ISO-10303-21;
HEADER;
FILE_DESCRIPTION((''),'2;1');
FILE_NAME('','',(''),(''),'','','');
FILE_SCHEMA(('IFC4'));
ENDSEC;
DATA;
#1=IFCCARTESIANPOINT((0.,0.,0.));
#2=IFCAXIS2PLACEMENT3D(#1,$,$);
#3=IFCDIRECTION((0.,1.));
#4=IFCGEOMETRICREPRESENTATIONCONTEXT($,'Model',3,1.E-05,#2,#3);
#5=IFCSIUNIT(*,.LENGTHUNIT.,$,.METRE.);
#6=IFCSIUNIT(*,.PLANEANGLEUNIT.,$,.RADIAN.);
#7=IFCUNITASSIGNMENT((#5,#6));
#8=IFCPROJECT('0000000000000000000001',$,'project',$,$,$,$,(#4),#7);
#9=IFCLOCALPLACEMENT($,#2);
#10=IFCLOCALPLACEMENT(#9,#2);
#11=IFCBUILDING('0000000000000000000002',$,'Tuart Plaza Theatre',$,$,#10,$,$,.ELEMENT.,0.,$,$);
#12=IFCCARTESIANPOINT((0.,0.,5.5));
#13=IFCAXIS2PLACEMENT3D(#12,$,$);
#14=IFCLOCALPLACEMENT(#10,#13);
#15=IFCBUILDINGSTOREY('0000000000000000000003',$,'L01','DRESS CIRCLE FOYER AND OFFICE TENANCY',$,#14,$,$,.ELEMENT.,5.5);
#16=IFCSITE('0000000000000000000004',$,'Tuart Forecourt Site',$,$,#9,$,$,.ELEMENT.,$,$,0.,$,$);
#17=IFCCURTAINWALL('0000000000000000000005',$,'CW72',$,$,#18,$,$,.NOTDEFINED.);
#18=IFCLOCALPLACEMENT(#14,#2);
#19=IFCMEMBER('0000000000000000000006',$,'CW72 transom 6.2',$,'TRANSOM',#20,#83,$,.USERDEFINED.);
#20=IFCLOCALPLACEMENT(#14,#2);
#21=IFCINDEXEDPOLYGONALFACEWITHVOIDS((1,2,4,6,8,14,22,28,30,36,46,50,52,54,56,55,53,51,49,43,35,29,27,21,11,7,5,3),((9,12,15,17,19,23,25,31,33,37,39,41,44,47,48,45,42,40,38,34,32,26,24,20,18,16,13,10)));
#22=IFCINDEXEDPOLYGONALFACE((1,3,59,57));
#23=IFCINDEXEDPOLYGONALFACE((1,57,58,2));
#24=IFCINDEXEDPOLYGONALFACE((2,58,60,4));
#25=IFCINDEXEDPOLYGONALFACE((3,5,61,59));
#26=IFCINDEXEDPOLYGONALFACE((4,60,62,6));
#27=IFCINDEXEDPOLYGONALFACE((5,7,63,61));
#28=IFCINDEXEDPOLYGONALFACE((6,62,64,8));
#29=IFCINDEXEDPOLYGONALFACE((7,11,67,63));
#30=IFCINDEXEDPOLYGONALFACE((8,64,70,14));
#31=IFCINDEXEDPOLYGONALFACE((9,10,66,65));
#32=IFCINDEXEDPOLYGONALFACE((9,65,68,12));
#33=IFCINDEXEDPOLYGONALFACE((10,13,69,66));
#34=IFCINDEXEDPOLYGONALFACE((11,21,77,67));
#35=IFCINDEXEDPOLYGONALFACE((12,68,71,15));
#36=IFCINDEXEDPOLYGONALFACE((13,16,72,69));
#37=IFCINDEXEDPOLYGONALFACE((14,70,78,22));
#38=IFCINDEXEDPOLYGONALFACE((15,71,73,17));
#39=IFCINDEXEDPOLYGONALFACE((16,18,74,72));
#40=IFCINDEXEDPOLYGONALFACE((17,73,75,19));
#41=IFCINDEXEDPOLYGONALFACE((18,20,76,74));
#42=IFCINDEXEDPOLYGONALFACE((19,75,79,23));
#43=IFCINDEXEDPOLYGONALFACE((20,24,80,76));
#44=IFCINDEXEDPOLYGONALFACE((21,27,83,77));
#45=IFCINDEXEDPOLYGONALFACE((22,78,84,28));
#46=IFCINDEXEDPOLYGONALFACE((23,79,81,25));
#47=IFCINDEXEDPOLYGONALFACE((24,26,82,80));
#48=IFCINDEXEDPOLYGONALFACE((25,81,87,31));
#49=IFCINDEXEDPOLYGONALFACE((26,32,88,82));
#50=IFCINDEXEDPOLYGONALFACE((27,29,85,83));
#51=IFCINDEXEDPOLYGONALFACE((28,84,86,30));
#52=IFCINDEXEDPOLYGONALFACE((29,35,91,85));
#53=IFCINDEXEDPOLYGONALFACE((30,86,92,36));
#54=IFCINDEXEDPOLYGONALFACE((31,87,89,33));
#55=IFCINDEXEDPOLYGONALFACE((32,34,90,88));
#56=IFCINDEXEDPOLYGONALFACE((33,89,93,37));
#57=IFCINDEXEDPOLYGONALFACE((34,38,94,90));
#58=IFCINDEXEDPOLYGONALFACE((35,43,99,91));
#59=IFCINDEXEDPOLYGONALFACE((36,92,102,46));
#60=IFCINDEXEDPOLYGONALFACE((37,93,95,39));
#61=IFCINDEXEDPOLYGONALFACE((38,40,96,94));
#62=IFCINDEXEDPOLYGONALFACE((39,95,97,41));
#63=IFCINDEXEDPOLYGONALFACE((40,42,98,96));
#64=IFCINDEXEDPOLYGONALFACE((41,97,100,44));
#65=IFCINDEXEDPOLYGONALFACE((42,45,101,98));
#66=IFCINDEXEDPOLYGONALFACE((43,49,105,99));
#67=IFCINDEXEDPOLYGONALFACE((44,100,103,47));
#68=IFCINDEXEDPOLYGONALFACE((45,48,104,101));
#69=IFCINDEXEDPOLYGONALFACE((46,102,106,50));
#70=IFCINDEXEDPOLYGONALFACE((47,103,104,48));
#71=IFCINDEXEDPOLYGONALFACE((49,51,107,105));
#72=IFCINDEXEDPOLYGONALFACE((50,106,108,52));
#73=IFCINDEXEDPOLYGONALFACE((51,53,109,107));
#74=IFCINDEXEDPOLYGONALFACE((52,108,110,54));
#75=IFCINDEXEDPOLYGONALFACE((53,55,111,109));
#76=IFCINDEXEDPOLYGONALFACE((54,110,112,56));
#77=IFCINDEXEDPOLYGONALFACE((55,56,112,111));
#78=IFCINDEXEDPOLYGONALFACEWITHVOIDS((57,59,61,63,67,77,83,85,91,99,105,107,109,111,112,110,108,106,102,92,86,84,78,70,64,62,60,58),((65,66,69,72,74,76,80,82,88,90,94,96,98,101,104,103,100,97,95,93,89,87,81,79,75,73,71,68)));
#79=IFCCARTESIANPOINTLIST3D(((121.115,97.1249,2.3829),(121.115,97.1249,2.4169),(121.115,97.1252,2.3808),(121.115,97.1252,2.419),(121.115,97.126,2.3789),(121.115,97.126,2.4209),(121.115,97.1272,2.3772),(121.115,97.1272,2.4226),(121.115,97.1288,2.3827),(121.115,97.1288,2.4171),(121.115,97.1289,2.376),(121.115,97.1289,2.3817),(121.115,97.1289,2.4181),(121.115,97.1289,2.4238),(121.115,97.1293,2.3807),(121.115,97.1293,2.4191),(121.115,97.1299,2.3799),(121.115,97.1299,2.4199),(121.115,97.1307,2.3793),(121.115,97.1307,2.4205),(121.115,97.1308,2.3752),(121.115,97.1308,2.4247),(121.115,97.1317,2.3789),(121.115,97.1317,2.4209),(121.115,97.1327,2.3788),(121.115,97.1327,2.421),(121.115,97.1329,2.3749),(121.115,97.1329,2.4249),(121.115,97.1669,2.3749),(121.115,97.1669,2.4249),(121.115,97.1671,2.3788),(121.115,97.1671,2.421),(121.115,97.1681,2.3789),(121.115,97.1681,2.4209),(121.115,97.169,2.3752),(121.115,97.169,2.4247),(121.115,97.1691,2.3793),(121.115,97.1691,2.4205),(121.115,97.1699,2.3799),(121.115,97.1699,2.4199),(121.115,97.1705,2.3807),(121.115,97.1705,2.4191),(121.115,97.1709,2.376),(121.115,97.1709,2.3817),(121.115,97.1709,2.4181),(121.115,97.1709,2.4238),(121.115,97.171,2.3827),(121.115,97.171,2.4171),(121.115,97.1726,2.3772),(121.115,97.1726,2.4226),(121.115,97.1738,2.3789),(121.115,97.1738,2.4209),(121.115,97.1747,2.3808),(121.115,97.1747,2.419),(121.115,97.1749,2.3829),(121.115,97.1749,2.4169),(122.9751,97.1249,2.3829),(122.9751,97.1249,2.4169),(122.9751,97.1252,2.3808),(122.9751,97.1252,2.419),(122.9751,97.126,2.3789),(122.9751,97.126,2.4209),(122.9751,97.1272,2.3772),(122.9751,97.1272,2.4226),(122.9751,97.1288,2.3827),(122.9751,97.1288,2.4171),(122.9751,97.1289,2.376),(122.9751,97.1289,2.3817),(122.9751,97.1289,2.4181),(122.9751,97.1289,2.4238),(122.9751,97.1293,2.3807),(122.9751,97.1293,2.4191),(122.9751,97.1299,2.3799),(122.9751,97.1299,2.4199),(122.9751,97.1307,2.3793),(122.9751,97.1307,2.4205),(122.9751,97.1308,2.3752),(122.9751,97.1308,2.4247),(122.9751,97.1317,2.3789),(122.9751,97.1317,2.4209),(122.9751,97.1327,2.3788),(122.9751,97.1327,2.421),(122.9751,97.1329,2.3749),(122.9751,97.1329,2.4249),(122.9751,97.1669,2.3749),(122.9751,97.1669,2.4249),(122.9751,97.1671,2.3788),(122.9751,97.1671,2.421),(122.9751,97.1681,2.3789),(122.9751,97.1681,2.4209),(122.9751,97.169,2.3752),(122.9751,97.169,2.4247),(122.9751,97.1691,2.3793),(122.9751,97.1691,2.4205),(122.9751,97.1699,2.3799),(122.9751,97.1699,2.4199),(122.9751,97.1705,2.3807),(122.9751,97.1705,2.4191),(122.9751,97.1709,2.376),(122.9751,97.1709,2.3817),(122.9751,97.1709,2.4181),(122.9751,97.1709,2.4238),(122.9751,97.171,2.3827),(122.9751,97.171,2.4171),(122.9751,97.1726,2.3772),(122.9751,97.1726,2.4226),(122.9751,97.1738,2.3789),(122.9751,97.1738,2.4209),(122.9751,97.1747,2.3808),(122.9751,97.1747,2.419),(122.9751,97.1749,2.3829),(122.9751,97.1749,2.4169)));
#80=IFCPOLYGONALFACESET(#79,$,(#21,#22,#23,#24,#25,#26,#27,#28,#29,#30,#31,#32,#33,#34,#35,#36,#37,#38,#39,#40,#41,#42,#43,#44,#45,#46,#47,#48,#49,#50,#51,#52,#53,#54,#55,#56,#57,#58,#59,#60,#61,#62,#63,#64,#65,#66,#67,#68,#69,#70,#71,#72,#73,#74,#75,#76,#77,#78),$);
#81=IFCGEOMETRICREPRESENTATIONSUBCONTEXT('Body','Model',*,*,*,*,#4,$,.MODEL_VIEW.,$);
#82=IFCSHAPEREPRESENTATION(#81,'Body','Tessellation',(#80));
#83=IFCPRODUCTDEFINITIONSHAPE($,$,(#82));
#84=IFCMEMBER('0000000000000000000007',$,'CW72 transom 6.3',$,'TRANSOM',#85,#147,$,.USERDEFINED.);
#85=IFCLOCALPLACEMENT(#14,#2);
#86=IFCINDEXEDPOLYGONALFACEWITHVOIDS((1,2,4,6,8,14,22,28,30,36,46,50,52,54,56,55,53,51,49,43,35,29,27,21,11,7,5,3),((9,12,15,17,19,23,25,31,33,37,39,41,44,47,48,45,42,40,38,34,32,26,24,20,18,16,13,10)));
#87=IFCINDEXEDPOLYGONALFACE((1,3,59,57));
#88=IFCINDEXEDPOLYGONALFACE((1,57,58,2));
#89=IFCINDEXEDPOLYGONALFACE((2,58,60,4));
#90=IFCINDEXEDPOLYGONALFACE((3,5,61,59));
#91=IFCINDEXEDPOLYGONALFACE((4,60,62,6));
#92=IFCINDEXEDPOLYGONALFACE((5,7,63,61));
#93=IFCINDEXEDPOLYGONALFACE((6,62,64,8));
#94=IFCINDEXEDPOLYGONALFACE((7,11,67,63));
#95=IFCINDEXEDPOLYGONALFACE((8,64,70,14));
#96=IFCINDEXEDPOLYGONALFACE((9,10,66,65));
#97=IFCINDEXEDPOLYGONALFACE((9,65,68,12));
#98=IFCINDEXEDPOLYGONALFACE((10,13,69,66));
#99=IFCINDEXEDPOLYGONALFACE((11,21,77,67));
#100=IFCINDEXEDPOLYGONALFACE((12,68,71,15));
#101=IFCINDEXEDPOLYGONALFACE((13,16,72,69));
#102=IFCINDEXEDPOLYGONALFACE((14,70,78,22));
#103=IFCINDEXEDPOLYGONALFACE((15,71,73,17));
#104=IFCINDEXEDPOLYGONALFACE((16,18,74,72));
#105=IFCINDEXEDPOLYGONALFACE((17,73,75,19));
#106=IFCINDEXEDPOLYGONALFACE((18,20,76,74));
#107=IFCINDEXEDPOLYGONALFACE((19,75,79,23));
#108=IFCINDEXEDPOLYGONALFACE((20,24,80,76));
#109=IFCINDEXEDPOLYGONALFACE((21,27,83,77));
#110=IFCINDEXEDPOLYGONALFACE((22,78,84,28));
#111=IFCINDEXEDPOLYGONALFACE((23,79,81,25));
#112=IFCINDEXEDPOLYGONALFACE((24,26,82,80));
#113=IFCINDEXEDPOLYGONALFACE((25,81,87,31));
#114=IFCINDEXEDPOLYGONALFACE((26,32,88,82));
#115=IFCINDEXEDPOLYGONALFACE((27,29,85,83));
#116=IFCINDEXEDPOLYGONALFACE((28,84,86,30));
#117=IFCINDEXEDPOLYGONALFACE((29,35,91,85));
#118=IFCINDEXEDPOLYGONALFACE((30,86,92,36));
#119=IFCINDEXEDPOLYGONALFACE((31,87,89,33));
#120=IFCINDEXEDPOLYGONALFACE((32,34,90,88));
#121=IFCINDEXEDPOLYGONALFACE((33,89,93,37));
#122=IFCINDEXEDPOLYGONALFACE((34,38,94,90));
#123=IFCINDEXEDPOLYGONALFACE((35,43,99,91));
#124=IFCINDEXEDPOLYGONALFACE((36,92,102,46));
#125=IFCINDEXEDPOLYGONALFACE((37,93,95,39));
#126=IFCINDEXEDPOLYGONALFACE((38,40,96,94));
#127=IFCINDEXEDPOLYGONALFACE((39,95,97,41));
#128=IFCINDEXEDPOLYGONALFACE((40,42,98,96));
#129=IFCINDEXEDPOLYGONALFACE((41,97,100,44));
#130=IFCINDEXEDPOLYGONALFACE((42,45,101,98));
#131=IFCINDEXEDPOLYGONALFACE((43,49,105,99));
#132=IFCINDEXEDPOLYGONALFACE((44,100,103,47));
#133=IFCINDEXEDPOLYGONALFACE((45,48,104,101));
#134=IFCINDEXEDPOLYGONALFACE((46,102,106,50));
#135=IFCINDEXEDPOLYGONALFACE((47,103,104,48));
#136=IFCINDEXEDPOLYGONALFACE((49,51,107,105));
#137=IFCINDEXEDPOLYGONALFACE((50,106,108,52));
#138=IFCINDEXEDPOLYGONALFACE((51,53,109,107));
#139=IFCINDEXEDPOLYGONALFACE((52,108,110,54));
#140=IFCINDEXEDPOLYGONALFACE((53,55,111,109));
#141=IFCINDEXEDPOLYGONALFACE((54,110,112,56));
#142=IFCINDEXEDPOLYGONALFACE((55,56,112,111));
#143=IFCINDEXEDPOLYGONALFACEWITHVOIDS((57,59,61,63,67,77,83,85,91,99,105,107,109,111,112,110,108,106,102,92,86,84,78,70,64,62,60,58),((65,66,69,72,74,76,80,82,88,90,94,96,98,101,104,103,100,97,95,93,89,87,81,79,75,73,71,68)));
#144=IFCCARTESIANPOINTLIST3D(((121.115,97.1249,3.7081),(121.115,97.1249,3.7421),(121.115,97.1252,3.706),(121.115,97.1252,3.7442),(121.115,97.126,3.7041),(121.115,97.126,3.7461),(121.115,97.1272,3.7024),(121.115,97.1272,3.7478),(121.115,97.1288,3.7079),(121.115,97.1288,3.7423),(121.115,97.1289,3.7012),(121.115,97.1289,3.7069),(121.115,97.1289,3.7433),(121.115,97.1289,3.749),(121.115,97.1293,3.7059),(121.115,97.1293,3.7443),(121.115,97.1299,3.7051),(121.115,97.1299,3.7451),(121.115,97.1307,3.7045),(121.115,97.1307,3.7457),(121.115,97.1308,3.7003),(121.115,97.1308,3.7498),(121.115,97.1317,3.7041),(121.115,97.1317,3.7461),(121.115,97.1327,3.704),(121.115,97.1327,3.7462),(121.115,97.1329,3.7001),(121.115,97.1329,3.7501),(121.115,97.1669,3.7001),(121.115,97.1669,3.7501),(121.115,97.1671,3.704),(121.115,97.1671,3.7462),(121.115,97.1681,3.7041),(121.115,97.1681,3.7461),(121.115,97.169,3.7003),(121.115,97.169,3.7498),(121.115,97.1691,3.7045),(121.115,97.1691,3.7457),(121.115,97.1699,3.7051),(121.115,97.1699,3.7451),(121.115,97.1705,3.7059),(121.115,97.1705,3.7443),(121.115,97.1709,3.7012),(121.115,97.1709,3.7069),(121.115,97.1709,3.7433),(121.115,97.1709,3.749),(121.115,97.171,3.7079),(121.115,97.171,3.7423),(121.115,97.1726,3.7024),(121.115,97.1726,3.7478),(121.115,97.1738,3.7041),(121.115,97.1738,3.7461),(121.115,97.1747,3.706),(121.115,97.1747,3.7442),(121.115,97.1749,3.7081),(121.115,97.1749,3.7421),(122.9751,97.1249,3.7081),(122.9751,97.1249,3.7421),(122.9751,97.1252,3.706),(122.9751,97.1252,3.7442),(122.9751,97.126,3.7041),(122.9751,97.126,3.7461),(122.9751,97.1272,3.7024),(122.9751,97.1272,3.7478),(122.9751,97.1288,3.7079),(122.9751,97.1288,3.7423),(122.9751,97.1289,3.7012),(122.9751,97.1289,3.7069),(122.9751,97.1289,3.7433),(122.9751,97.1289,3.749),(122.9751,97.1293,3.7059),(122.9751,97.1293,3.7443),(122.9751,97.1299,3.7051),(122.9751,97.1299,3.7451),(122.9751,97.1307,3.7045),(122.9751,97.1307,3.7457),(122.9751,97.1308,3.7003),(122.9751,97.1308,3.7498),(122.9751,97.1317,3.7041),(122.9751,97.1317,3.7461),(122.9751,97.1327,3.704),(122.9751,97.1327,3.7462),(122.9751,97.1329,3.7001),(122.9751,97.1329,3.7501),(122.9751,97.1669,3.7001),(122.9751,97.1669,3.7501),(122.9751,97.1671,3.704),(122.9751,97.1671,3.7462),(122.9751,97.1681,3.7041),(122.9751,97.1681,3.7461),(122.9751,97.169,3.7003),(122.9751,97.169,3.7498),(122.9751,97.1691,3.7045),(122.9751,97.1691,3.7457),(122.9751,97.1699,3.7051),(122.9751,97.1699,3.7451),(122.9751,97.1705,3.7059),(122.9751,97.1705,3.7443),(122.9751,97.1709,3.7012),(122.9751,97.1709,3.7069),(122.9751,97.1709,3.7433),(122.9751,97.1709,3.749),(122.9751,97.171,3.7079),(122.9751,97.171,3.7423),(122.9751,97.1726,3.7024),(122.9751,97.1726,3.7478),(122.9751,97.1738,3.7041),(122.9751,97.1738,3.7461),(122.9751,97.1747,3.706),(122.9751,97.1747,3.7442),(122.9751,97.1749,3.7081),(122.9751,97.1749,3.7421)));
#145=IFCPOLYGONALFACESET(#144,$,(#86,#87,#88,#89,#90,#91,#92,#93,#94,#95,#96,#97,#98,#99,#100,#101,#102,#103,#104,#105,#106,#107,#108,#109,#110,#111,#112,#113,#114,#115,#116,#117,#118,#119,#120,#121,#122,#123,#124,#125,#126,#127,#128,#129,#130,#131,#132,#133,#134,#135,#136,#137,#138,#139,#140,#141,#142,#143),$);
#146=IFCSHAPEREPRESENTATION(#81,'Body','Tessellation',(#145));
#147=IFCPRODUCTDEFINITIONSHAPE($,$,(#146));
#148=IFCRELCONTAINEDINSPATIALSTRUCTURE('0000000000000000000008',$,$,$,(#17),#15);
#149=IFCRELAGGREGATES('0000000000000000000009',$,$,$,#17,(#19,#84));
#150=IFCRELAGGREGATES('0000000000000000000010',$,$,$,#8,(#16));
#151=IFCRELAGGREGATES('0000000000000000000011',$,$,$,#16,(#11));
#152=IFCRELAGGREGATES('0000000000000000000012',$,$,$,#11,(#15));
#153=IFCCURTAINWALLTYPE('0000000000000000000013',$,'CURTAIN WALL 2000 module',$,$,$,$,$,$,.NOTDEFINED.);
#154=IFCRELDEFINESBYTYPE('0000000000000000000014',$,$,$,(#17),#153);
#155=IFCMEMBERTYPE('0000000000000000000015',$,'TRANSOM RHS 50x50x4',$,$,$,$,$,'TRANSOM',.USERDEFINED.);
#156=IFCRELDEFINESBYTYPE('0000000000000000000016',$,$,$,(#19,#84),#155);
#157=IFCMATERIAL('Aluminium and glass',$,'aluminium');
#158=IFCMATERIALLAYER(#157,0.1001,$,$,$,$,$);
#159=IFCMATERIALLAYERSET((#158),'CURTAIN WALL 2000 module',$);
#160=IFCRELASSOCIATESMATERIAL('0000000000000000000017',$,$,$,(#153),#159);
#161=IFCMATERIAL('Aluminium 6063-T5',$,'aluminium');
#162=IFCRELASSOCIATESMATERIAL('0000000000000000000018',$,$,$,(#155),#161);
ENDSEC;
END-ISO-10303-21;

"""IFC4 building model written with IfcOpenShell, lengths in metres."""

from ifc_helpers import new_model, si_unit, direction, frame, origin, origin_2d, place, context, subcontext, project, spatial, hollow_rectangle, extrude, material, layer, layer_set, material_profile, profile_set, type_object, element, aggregate, save


model = new_model("IFC4")

# Units and contexts
model_context = context("Model", 3, precision=1e-05, world=origin(), true_north=direction((0.0, 1.0)))
body_context = subcontext(model_context, "Body", "Model", "MODEL_VIEW")
ifc_project = project(units=[si_unit("LENGTHUNIT", "METRE"), si_unit("PLANEANGLEUNIT", "RADIAN")], contexts=[model_context])

# Site, building, storey
site_placement = place(None, origin())
site = spatial("IfcSite", under=ifc_project, at=site_placement, Name="Tuart Forecourt Site", CompositionType="ELEMENT", RefElevation=0.0)
building_placement = place(site_placement, origin())
building = spatial("IfcBuilding", under=site, at=building_placement, Name="Tuart Plaza Theatre", CompositionType="ELEMENT", ElevationOfRefHeight=0.0)
storey_placement = place(building_placement, frame((0.0, 0.0, 5.5)))
storey = spatial("IfcBuildingStorey", under=building, at=storey_placement, Name="L01", Description="DRESS CIRCLE FOYER AND OFFICE TENANCY", CompositionType="ELEMENT", Elevation=5.5)

# Curtain wall, members
ifc_material_1 = material(Name="Aluminium and glass", Category="aluminium")
ifc_layer_1 = layer(ifc_material_1, 0.1001)
ifc_layer_set_1 = layer_set([ifc_layer_1], Name="CURTAIN WALL 2000 module")
curtain_wall_type = type_object("IfcCurtainWallType", Name="CURTAIN WALL 2000 module", PredefinedType="NOTDEFINED", material=ifc_layer_set_1)
curtain_wall_placement = place(storey_placement, origin())
curtain_wall = element("IfcCurtainWall", 1, at=curtain_wall_placement, inside=storey, type_object=curtain_wall_type, Name="CW72", PredefinedType="NOTDEFINED")
ifc_material_2 = material(Name="Aluminium 6063-T5", Category="aluminium")
ifc_material_profile_1 = material_profile(ifc_material_2, hollow_rectangle(XDim=0.05, YDim=0.05, WallThickness=0.0039, InnerFilletRadius=0.0039, OuterFilletRadius=0.0081, at=origin_2d()), Name="RHS 50x50x4")
ifc_profile_set_1 = profile_set([ifc_material_profile_1], Name="Aluminium 6063-T5")
member_type_1 = type_object("IfcMemberType", Name="TRANSOM RHS 50x50x4", ElementType="TRANSOM", PredefinedType="USERDEFINED", material=ifc_profile_set_1)
member_1_placement = place(storey_placement, frame((122.9751, 97.1499, 2.3999), z_axis=(-1.0, 0.0, 0.0), x_axis=(0.0, -1.0, 0.0)))
member_1 = element("IfcMember", 2, at=member_1_placement, type_object=member_type_1, Name="CW72 transom 6.2", ObjectType="TRANSOM", PredefinedType="USERDEFINED", context=body_context, shape_type="SweptSolid", body=[
    extrude(hollow_rectangle(XDim=0.05, YDim=0.05, WallThickness=0.0039, InnerFilletRadius=0.0039, OuterFilletRadius=0.0081, at=origin_2d()), origin(), (0.0, 0.0, 1.0), 1.8601),
])
member_2_placement = place(storey_placement, frame((122.9751, 97.1499, 3.7251), z_axis=(-1.0, 0.0, 0.0), x_axis=(0.0, -1.0, 0.0)))
member_2 = element("IfcMember", 3, at=member_2_placement, type_object=member_type_1, Name="CW72 transom 6.3", ObjectType="TRANSOM", PredefinedType="USERDEFINED", context=body_context, shape_type="SweptSolid", body=[
    extrude(hollow_rectangle(XDim=0.05, YDim=0.05, WallThickness=0.0039, InnerFilletRadius=0.0039, OuterFilletRadius=0.0081, at=origin_2d()), origin(), (0.0, 0.0, 1.0), 1.8601),
])
aggregate(curtain_wall, [member_1, member_2])

save(model, "model.ifc")
